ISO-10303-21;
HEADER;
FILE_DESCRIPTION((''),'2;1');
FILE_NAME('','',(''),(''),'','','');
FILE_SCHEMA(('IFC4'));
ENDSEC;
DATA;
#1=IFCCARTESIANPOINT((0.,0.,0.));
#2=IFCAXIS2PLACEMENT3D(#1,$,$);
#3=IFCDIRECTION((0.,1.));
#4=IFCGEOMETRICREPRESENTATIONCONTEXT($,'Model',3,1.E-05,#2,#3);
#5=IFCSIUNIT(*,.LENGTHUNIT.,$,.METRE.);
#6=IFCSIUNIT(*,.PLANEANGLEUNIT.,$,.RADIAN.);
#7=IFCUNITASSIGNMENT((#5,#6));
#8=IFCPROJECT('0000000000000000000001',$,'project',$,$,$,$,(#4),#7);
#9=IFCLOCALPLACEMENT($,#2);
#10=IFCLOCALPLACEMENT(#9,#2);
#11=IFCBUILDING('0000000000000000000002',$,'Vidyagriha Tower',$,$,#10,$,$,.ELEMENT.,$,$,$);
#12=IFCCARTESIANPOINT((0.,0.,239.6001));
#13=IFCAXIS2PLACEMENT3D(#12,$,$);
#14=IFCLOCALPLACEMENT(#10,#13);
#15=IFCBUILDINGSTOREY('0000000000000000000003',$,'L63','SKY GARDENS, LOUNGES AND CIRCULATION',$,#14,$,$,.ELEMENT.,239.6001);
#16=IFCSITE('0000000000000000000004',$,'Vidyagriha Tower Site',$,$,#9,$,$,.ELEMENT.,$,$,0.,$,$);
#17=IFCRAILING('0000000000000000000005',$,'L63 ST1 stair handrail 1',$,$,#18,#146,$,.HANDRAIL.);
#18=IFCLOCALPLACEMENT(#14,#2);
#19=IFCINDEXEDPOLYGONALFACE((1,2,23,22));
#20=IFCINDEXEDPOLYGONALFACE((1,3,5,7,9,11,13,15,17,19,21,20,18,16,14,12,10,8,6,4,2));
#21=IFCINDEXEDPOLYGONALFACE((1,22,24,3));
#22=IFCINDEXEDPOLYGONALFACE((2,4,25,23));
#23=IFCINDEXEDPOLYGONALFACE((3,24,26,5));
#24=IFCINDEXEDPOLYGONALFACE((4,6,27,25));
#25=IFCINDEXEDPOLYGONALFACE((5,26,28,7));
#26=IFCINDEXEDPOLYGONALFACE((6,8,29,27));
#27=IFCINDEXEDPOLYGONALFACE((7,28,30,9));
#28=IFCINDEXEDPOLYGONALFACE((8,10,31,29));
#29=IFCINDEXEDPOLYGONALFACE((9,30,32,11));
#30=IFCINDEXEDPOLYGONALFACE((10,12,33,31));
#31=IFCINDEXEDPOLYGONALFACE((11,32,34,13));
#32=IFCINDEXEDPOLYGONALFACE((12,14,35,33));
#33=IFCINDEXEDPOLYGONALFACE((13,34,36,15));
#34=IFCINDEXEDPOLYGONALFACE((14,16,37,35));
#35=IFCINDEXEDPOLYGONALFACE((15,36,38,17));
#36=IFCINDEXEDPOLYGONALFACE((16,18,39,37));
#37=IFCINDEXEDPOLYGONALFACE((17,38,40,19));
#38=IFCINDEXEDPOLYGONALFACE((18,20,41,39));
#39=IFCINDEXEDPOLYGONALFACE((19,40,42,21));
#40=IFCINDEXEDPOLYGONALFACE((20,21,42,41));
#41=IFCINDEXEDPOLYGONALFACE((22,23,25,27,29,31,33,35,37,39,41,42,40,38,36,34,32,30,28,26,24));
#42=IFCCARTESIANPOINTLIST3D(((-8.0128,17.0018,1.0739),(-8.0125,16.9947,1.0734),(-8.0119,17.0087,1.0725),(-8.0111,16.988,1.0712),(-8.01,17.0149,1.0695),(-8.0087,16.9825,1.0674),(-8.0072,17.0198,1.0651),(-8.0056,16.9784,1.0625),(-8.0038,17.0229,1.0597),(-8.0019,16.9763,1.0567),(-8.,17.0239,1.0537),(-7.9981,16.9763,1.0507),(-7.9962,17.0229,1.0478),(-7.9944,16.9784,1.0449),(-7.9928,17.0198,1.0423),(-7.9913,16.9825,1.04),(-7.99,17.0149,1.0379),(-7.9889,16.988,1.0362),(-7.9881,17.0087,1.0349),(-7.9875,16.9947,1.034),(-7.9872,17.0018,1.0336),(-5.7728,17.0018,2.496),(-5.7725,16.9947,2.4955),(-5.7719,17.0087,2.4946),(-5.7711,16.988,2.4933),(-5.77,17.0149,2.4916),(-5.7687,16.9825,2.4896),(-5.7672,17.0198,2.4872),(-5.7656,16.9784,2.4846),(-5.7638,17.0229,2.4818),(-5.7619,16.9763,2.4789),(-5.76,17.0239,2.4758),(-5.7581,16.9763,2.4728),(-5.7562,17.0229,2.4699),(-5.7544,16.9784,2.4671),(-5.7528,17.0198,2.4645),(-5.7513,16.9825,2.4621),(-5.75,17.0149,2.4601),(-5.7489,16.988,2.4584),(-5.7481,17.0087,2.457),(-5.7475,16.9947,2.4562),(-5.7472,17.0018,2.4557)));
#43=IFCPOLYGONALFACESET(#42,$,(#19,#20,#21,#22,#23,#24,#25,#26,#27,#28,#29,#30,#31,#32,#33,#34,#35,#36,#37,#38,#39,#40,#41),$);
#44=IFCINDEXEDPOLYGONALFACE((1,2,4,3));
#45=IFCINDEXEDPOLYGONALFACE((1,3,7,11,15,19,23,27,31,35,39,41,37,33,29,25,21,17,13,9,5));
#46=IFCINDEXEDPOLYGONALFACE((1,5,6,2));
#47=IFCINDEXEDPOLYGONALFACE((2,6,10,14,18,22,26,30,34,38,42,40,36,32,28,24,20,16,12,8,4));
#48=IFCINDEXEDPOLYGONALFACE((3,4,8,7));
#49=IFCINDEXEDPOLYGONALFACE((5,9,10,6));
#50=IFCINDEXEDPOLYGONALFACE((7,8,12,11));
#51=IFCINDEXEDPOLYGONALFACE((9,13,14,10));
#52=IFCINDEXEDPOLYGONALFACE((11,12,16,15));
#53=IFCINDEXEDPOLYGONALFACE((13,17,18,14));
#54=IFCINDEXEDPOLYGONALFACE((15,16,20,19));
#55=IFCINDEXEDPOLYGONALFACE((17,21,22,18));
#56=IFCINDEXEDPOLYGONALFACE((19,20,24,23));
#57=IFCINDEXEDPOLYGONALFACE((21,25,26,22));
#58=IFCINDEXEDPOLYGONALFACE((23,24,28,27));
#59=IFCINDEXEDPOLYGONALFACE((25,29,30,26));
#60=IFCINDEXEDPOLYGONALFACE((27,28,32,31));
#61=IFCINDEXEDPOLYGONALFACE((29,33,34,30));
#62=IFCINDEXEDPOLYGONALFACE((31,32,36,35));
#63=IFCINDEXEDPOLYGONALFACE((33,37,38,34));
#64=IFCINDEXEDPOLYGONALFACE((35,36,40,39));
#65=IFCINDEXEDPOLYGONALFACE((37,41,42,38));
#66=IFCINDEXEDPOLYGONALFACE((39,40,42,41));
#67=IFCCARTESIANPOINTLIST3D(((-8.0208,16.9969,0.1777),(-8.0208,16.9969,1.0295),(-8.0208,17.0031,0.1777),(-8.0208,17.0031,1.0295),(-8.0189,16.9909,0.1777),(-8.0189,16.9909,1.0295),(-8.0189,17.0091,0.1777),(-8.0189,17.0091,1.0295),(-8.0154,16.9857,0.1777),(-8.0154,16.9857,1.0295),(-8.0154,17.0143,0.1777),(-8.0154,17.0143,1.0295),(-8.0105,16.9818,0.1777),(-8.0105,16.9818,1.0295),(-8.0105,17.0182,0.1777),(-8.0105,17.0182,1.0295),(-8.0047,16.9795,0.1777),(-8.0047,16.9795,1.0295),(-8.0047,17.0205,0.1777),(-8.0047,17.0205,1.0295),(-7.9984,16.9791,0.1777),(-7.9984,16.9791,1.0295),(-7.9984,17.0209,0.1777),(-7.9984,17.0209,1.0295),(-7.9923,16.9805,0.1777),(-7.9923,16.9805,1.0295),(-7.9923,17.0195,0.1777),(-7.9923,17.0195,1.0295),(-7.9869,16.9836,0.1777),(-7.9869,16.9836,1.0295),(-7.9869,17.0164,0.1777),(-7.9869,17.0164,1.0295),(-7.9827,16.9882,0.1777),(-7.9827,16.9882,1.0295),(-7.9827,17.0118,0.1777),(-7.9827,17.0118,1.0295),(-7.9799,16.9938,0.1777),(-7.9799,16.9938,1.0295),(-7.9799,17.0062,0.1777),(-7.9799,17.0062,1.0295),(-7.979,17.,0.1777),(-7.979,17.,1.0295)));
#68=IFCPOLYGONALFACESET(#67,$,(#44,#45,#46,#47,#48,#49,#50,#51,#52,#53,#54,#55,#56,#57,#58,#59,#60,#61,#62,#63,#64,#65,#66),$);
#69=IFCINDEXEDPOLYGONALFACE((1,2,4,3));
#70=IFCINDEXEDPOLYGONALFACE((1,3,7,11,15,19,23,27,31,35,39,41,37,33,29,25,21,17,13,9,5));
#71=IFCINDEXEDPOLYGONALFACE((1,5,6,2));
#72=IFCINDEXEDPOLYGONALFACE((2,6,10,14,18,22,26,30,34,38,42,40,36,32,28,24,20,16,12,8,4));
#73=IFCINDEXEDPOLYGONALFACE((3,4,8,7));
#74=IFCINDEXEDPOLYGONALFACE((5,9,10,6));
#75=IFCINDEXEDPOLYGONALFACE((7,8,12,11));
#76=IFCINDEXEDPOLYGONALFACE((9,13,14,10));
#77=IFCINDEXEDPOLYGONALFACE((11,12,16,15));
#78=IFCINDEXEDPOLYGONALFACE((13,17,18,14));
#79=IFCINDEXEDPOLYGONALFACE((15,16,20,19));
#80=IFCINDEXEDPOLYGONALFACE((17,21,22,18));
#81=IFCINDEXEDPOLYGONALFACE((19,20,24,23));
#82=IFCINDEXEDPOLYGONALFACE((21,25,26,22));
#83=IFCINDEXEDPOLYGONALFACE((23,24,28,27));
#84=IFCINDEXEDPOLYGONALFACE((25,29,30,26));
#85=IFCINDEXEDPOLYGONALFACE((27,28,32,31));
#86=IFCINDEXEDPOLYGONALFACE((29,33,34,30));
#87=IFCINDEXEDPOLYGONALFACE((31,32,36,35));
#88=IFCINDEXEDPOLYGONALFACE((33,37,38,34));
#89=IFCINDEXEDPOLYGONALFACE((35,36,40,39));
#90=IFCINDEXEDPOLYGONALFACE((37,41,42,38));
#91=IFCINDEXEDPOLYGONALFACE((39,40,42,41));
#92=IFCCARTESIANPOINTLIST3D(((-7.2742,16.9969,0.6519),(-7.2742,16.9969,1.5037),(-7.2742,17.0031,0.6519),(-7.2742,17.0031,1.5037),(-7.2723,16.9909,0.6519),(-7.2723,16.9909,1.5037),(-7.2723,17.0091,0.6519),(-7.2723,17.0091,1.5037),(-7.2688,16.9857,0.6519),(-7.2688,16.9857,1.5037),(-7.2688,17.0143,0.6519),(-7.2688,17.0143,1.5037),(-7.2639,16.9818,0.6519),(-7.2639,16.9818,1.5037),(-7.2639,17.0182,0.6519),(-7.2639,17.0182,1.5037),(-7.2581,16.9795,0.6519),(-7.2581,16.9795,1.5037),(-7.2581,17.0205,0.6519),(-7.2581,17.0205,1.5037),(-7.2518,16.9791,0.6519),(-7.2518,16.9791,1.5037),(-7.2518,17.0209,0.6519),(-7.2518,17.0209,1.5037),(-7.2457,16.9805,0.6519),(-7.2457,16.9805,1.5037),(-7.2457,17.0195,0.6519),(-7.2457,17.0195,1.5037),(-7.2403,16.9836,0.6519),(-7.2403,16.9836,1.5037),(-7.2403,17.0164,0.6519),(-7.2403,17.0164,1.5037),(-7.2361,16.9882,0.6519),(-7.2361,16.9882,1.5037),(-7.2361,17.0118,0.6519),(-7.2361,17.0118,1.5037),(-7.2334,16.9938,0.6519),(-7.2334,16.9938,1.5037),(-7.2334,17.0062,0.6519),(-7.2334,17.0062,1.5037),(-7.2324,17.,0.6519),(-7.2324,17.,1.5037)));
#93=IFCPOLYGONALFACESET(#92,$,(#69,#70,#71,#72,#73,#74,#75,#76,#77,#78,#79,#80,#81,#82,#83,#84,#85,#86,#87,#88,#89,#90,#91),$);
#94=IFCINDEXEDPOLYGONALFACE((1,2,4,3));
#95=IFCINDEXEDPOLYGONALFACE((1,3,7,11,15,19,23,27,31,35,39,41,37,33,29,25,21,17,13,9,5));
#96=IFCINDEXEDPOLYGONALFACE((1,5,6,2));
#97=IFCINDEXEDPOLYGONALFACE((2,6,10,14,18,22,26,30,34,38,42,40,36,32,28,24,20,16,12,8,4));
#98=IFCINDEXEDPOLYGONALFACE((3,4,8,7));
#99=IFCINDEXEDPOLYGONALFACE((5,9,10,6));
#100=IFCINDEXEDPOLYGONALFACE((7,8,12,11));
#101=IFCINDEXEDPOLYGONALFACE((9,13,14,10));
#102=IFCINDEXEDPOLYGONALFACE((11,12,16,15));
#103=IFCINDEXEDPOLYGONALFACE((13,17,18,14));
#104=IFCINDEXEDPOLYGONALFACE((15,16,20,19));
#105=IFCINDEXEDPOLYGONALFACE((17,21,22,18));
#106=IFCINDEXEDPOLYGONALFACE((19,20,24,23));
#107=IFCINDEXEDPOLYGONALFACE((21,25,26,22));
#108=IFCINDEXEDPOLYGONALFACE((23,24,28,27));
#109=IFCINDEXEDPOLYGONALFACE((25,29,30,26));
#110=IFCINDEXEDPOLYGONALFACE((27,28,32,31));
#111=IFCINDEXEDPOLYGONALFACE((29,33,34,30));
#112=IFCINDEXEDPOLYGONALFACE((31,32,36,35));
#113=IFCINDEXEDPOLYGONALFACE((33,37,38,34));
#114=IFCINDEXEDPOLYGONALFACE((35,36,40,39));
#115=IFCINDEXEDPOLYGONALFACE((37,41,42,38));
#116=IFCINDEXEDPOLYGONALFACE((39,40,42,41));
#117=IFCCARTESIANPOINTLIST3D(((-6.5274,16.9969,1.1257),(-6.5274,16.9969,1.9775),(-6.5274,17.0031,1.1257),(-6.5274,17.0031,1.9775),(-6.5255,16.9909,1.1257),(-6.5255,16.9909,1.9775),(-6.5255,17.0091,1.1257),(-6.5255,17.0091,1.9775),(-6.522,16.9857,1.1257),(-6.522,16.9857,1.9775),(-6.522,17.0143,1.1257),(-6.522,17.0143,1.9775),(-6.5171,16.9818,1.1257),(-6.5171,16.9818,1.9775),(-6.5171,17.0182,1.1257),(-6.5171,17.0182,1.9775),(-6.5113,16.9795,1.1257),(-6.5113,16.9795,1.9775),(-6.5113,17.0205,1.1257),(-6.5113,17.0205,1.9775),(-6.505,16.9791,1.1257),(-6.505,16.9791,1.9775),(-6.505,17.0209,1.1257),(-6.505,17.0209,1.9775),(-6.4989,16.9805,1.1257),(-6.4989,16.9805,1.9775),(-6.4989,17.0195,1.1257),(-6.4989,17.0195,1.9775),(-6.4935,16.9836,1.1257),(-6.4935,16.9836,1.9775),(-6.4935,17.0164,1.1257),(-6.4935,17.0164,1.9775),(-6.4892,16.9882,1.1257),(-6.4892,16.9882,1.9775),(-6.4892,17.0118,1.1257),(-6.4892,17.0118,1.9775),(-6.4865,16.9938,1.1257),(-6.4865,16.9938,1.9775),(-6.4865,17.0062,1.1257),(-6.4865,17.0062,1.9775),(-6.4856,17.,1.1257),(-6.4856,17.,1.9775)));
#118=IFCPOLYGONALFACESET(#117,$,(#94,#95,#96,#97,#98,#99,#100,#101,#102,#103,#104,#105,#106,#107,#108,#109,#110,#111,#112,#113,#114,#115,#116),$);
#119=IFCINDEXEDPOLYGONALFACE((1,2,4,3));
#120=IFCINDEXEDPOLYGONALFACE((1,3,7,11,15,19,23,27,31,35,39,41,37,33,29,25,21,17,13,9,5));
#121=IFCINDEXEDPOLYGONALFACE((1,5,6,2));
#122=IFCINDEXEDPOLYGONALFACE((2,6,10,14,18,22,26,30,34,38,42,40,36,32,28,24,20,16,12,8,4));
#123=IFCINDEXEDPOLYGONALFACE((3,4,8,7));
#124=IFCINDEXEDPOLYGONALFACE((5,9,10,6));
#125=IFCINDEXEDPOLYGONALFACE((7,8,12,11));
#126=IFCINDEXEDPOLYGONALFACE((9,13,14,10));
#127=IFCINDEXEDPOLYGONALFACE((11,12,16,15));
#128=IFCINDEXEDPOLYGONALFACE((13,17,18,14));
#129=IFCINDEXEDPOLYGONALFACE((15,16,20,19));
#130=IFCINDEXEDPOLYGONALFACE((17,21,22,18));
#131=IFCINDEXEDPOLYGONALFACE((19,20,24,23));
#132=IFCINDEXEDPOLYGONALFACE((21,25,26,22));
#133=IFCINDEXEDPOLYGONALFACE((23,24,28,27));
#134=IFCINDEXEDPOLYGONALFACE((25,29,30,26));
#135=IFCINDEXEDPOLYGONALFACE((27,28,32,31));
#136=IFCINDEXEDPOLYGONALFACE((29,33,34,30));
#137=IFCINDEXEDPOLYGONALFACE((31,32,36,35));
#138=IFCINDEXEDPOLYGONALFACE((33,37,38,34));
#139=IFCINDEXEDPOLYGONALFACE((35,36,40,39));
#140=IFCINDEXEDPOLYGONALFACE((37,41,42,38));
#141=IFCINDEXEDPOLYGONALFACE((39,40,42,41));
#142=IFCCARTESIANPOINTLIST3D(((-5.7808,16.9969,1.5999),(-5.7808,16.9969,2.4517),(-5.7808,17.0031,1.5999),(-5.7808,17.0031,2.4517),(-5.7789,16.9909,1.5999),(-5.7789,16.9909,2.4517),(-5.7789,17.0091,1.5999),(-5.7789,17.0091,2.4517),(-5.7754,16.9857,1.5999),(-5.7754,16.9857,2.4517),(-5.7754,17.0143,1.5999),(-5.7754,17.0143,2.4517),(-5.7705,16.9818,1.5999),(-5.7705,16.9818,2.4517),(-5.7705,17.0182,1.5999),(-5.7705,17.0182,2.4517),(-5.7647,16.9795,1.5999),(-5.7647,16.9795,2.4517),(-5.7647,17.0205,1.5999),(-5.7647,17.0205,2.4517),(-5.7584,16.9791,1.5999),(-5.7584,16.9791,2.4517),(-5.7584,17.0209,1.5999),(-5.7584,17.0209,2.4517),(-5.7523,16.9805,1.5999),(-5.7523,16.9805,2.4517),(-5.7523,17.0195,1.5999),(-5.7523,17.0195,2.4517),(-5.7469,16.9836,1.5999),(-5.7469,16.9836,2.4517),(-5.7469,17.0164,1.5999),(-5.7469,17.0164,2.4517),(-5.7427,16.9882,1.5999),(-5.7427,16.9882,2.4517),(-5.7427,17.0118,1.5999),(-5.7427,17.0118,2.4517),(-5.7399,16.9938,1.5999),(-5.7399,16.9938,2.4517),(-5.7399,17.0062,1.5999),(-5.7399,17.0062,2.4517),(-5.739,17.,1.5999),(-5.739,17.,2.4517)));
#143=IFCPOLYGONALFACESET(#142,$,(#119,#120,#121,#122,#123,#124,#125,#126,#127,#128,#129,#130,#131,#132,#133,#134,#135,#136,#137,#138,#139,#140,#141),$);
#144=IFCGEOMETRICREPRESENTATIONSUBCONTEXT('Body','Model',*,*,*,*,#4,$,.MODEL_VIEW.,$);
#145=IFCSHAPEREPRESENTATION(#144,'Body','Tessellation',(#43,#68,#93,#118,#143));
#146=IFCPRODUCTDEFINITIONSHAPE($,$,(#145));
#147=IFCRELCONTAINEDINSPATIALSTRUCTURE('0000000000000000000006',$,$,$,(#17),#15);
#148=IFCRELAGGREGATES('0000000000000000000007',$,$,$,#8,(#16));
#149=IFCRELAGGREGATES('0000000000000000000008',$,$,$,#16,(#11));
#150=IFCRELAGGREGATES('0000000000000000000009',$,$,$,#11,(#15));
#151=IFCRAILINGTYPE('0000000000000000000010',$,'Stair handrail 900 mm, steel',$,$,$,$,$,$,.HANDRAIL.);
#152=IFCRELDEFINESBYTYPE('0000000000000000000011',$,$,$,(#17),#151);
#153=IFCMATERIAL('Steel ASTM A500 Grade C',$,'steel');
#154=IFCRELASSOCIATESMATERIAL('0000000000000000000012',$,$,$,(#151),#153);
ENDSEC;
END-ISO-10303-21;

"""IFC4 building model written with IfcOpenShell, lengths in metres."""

from ifc_helpers import new_model, si_unit, direction, frame, origin, origin_2d, place, context, subcontext, project, spatial, circle, extrude, material, type_object, element, save


model = new_model("IFC4")

# Units and contexts
model_context = context("Model", 3, precision=1e-05, world=origin(), true_north=direction((0.0, 1.0)))
body_context = subcontext(model_context, "Body", "Model", "MODEL_VIEW")
ifc_project = project(units=[si_unit("LENGTHUNIT", "METRE"), si_unit("PLANEANGLEUNIT", "RADIAN")], contexts=[model_context])

# Site, building, storey
site_placement = place(None, origin())
site = spatial("IfcSite", under=ifc_project, at=site_placement, Name="Vidyagriha Tower Site", CompositionType="ELEMENT", RefElevation=0.0)
building_placement = place(site_placement, origin())
building = spatial("IfcBuilding", under=site, at=building_placement, Name="Vidyagriha Tower", CompositionType="ELEMENT")
storey_placement = place(building_placement, frame((0.0, 0.0, 239.6001)))
storey = spatial("IfcBuildingStorey", under=building, at=storey_placement, Name="L63", Description="SKY GARDENS, LOUNGES AND CIRCULATION", CompositionType="ELEMENT", Elevation=239.6001)

# Railing
ifc_material_1 = material(Name="Steel ASTM A500 Grade C", Category="steel")
railing_type = type_object("IfcRailingType", Name="Stair handrail 900 mm, steel", PredefinedType="HANDRAIL", material=ifc_material_1)
for number, where, name in (
    (1, (-8.0, 17.0, 0.1777), "L63 ST1 stair handrail 1"),
):
    element("IfcRailing", number, at=place(storey_placement, frame(where)), inside=storey, type_object=railing_type, Name=name, PredefinedType="HANDRAIL", context=body_context, shape_type="SweptSolid", body=[
        extrude(circle(Radius=0.0239, at=origin_2d()), frame((0.0, 0.0, 0.876), z_axis=(0.844229, 0.0, 0.535982), x_axis=(0.0, 1.0, 0.0)), (0.0, 0.0, 1.0), 2.6533),
        extrude(circle(Radius=0.021, at=origin_2d()), origin(), (0.0, 0.0, 1.0), 0.8518),
        extrude(circle(Radius=0.021, at=origin_2d()), frame((0.7466, 0.0, 0.4741)), (0.0, 0.0, 1.0), 0.8518),
        extrude(circle(Radius=0.021, at=origin_2d()), frame((1.4934, 0.0, 0.948)), (0.0, 0.0, 1.0), 0.8518),
        extrude(circle(Radius=0.021, at=origin_2d()), frame((2.24, 0.0, 1.4221)), (0.0, 0.0, 1.0), 0.8518),
    ])

save(model, "model.ifc")
